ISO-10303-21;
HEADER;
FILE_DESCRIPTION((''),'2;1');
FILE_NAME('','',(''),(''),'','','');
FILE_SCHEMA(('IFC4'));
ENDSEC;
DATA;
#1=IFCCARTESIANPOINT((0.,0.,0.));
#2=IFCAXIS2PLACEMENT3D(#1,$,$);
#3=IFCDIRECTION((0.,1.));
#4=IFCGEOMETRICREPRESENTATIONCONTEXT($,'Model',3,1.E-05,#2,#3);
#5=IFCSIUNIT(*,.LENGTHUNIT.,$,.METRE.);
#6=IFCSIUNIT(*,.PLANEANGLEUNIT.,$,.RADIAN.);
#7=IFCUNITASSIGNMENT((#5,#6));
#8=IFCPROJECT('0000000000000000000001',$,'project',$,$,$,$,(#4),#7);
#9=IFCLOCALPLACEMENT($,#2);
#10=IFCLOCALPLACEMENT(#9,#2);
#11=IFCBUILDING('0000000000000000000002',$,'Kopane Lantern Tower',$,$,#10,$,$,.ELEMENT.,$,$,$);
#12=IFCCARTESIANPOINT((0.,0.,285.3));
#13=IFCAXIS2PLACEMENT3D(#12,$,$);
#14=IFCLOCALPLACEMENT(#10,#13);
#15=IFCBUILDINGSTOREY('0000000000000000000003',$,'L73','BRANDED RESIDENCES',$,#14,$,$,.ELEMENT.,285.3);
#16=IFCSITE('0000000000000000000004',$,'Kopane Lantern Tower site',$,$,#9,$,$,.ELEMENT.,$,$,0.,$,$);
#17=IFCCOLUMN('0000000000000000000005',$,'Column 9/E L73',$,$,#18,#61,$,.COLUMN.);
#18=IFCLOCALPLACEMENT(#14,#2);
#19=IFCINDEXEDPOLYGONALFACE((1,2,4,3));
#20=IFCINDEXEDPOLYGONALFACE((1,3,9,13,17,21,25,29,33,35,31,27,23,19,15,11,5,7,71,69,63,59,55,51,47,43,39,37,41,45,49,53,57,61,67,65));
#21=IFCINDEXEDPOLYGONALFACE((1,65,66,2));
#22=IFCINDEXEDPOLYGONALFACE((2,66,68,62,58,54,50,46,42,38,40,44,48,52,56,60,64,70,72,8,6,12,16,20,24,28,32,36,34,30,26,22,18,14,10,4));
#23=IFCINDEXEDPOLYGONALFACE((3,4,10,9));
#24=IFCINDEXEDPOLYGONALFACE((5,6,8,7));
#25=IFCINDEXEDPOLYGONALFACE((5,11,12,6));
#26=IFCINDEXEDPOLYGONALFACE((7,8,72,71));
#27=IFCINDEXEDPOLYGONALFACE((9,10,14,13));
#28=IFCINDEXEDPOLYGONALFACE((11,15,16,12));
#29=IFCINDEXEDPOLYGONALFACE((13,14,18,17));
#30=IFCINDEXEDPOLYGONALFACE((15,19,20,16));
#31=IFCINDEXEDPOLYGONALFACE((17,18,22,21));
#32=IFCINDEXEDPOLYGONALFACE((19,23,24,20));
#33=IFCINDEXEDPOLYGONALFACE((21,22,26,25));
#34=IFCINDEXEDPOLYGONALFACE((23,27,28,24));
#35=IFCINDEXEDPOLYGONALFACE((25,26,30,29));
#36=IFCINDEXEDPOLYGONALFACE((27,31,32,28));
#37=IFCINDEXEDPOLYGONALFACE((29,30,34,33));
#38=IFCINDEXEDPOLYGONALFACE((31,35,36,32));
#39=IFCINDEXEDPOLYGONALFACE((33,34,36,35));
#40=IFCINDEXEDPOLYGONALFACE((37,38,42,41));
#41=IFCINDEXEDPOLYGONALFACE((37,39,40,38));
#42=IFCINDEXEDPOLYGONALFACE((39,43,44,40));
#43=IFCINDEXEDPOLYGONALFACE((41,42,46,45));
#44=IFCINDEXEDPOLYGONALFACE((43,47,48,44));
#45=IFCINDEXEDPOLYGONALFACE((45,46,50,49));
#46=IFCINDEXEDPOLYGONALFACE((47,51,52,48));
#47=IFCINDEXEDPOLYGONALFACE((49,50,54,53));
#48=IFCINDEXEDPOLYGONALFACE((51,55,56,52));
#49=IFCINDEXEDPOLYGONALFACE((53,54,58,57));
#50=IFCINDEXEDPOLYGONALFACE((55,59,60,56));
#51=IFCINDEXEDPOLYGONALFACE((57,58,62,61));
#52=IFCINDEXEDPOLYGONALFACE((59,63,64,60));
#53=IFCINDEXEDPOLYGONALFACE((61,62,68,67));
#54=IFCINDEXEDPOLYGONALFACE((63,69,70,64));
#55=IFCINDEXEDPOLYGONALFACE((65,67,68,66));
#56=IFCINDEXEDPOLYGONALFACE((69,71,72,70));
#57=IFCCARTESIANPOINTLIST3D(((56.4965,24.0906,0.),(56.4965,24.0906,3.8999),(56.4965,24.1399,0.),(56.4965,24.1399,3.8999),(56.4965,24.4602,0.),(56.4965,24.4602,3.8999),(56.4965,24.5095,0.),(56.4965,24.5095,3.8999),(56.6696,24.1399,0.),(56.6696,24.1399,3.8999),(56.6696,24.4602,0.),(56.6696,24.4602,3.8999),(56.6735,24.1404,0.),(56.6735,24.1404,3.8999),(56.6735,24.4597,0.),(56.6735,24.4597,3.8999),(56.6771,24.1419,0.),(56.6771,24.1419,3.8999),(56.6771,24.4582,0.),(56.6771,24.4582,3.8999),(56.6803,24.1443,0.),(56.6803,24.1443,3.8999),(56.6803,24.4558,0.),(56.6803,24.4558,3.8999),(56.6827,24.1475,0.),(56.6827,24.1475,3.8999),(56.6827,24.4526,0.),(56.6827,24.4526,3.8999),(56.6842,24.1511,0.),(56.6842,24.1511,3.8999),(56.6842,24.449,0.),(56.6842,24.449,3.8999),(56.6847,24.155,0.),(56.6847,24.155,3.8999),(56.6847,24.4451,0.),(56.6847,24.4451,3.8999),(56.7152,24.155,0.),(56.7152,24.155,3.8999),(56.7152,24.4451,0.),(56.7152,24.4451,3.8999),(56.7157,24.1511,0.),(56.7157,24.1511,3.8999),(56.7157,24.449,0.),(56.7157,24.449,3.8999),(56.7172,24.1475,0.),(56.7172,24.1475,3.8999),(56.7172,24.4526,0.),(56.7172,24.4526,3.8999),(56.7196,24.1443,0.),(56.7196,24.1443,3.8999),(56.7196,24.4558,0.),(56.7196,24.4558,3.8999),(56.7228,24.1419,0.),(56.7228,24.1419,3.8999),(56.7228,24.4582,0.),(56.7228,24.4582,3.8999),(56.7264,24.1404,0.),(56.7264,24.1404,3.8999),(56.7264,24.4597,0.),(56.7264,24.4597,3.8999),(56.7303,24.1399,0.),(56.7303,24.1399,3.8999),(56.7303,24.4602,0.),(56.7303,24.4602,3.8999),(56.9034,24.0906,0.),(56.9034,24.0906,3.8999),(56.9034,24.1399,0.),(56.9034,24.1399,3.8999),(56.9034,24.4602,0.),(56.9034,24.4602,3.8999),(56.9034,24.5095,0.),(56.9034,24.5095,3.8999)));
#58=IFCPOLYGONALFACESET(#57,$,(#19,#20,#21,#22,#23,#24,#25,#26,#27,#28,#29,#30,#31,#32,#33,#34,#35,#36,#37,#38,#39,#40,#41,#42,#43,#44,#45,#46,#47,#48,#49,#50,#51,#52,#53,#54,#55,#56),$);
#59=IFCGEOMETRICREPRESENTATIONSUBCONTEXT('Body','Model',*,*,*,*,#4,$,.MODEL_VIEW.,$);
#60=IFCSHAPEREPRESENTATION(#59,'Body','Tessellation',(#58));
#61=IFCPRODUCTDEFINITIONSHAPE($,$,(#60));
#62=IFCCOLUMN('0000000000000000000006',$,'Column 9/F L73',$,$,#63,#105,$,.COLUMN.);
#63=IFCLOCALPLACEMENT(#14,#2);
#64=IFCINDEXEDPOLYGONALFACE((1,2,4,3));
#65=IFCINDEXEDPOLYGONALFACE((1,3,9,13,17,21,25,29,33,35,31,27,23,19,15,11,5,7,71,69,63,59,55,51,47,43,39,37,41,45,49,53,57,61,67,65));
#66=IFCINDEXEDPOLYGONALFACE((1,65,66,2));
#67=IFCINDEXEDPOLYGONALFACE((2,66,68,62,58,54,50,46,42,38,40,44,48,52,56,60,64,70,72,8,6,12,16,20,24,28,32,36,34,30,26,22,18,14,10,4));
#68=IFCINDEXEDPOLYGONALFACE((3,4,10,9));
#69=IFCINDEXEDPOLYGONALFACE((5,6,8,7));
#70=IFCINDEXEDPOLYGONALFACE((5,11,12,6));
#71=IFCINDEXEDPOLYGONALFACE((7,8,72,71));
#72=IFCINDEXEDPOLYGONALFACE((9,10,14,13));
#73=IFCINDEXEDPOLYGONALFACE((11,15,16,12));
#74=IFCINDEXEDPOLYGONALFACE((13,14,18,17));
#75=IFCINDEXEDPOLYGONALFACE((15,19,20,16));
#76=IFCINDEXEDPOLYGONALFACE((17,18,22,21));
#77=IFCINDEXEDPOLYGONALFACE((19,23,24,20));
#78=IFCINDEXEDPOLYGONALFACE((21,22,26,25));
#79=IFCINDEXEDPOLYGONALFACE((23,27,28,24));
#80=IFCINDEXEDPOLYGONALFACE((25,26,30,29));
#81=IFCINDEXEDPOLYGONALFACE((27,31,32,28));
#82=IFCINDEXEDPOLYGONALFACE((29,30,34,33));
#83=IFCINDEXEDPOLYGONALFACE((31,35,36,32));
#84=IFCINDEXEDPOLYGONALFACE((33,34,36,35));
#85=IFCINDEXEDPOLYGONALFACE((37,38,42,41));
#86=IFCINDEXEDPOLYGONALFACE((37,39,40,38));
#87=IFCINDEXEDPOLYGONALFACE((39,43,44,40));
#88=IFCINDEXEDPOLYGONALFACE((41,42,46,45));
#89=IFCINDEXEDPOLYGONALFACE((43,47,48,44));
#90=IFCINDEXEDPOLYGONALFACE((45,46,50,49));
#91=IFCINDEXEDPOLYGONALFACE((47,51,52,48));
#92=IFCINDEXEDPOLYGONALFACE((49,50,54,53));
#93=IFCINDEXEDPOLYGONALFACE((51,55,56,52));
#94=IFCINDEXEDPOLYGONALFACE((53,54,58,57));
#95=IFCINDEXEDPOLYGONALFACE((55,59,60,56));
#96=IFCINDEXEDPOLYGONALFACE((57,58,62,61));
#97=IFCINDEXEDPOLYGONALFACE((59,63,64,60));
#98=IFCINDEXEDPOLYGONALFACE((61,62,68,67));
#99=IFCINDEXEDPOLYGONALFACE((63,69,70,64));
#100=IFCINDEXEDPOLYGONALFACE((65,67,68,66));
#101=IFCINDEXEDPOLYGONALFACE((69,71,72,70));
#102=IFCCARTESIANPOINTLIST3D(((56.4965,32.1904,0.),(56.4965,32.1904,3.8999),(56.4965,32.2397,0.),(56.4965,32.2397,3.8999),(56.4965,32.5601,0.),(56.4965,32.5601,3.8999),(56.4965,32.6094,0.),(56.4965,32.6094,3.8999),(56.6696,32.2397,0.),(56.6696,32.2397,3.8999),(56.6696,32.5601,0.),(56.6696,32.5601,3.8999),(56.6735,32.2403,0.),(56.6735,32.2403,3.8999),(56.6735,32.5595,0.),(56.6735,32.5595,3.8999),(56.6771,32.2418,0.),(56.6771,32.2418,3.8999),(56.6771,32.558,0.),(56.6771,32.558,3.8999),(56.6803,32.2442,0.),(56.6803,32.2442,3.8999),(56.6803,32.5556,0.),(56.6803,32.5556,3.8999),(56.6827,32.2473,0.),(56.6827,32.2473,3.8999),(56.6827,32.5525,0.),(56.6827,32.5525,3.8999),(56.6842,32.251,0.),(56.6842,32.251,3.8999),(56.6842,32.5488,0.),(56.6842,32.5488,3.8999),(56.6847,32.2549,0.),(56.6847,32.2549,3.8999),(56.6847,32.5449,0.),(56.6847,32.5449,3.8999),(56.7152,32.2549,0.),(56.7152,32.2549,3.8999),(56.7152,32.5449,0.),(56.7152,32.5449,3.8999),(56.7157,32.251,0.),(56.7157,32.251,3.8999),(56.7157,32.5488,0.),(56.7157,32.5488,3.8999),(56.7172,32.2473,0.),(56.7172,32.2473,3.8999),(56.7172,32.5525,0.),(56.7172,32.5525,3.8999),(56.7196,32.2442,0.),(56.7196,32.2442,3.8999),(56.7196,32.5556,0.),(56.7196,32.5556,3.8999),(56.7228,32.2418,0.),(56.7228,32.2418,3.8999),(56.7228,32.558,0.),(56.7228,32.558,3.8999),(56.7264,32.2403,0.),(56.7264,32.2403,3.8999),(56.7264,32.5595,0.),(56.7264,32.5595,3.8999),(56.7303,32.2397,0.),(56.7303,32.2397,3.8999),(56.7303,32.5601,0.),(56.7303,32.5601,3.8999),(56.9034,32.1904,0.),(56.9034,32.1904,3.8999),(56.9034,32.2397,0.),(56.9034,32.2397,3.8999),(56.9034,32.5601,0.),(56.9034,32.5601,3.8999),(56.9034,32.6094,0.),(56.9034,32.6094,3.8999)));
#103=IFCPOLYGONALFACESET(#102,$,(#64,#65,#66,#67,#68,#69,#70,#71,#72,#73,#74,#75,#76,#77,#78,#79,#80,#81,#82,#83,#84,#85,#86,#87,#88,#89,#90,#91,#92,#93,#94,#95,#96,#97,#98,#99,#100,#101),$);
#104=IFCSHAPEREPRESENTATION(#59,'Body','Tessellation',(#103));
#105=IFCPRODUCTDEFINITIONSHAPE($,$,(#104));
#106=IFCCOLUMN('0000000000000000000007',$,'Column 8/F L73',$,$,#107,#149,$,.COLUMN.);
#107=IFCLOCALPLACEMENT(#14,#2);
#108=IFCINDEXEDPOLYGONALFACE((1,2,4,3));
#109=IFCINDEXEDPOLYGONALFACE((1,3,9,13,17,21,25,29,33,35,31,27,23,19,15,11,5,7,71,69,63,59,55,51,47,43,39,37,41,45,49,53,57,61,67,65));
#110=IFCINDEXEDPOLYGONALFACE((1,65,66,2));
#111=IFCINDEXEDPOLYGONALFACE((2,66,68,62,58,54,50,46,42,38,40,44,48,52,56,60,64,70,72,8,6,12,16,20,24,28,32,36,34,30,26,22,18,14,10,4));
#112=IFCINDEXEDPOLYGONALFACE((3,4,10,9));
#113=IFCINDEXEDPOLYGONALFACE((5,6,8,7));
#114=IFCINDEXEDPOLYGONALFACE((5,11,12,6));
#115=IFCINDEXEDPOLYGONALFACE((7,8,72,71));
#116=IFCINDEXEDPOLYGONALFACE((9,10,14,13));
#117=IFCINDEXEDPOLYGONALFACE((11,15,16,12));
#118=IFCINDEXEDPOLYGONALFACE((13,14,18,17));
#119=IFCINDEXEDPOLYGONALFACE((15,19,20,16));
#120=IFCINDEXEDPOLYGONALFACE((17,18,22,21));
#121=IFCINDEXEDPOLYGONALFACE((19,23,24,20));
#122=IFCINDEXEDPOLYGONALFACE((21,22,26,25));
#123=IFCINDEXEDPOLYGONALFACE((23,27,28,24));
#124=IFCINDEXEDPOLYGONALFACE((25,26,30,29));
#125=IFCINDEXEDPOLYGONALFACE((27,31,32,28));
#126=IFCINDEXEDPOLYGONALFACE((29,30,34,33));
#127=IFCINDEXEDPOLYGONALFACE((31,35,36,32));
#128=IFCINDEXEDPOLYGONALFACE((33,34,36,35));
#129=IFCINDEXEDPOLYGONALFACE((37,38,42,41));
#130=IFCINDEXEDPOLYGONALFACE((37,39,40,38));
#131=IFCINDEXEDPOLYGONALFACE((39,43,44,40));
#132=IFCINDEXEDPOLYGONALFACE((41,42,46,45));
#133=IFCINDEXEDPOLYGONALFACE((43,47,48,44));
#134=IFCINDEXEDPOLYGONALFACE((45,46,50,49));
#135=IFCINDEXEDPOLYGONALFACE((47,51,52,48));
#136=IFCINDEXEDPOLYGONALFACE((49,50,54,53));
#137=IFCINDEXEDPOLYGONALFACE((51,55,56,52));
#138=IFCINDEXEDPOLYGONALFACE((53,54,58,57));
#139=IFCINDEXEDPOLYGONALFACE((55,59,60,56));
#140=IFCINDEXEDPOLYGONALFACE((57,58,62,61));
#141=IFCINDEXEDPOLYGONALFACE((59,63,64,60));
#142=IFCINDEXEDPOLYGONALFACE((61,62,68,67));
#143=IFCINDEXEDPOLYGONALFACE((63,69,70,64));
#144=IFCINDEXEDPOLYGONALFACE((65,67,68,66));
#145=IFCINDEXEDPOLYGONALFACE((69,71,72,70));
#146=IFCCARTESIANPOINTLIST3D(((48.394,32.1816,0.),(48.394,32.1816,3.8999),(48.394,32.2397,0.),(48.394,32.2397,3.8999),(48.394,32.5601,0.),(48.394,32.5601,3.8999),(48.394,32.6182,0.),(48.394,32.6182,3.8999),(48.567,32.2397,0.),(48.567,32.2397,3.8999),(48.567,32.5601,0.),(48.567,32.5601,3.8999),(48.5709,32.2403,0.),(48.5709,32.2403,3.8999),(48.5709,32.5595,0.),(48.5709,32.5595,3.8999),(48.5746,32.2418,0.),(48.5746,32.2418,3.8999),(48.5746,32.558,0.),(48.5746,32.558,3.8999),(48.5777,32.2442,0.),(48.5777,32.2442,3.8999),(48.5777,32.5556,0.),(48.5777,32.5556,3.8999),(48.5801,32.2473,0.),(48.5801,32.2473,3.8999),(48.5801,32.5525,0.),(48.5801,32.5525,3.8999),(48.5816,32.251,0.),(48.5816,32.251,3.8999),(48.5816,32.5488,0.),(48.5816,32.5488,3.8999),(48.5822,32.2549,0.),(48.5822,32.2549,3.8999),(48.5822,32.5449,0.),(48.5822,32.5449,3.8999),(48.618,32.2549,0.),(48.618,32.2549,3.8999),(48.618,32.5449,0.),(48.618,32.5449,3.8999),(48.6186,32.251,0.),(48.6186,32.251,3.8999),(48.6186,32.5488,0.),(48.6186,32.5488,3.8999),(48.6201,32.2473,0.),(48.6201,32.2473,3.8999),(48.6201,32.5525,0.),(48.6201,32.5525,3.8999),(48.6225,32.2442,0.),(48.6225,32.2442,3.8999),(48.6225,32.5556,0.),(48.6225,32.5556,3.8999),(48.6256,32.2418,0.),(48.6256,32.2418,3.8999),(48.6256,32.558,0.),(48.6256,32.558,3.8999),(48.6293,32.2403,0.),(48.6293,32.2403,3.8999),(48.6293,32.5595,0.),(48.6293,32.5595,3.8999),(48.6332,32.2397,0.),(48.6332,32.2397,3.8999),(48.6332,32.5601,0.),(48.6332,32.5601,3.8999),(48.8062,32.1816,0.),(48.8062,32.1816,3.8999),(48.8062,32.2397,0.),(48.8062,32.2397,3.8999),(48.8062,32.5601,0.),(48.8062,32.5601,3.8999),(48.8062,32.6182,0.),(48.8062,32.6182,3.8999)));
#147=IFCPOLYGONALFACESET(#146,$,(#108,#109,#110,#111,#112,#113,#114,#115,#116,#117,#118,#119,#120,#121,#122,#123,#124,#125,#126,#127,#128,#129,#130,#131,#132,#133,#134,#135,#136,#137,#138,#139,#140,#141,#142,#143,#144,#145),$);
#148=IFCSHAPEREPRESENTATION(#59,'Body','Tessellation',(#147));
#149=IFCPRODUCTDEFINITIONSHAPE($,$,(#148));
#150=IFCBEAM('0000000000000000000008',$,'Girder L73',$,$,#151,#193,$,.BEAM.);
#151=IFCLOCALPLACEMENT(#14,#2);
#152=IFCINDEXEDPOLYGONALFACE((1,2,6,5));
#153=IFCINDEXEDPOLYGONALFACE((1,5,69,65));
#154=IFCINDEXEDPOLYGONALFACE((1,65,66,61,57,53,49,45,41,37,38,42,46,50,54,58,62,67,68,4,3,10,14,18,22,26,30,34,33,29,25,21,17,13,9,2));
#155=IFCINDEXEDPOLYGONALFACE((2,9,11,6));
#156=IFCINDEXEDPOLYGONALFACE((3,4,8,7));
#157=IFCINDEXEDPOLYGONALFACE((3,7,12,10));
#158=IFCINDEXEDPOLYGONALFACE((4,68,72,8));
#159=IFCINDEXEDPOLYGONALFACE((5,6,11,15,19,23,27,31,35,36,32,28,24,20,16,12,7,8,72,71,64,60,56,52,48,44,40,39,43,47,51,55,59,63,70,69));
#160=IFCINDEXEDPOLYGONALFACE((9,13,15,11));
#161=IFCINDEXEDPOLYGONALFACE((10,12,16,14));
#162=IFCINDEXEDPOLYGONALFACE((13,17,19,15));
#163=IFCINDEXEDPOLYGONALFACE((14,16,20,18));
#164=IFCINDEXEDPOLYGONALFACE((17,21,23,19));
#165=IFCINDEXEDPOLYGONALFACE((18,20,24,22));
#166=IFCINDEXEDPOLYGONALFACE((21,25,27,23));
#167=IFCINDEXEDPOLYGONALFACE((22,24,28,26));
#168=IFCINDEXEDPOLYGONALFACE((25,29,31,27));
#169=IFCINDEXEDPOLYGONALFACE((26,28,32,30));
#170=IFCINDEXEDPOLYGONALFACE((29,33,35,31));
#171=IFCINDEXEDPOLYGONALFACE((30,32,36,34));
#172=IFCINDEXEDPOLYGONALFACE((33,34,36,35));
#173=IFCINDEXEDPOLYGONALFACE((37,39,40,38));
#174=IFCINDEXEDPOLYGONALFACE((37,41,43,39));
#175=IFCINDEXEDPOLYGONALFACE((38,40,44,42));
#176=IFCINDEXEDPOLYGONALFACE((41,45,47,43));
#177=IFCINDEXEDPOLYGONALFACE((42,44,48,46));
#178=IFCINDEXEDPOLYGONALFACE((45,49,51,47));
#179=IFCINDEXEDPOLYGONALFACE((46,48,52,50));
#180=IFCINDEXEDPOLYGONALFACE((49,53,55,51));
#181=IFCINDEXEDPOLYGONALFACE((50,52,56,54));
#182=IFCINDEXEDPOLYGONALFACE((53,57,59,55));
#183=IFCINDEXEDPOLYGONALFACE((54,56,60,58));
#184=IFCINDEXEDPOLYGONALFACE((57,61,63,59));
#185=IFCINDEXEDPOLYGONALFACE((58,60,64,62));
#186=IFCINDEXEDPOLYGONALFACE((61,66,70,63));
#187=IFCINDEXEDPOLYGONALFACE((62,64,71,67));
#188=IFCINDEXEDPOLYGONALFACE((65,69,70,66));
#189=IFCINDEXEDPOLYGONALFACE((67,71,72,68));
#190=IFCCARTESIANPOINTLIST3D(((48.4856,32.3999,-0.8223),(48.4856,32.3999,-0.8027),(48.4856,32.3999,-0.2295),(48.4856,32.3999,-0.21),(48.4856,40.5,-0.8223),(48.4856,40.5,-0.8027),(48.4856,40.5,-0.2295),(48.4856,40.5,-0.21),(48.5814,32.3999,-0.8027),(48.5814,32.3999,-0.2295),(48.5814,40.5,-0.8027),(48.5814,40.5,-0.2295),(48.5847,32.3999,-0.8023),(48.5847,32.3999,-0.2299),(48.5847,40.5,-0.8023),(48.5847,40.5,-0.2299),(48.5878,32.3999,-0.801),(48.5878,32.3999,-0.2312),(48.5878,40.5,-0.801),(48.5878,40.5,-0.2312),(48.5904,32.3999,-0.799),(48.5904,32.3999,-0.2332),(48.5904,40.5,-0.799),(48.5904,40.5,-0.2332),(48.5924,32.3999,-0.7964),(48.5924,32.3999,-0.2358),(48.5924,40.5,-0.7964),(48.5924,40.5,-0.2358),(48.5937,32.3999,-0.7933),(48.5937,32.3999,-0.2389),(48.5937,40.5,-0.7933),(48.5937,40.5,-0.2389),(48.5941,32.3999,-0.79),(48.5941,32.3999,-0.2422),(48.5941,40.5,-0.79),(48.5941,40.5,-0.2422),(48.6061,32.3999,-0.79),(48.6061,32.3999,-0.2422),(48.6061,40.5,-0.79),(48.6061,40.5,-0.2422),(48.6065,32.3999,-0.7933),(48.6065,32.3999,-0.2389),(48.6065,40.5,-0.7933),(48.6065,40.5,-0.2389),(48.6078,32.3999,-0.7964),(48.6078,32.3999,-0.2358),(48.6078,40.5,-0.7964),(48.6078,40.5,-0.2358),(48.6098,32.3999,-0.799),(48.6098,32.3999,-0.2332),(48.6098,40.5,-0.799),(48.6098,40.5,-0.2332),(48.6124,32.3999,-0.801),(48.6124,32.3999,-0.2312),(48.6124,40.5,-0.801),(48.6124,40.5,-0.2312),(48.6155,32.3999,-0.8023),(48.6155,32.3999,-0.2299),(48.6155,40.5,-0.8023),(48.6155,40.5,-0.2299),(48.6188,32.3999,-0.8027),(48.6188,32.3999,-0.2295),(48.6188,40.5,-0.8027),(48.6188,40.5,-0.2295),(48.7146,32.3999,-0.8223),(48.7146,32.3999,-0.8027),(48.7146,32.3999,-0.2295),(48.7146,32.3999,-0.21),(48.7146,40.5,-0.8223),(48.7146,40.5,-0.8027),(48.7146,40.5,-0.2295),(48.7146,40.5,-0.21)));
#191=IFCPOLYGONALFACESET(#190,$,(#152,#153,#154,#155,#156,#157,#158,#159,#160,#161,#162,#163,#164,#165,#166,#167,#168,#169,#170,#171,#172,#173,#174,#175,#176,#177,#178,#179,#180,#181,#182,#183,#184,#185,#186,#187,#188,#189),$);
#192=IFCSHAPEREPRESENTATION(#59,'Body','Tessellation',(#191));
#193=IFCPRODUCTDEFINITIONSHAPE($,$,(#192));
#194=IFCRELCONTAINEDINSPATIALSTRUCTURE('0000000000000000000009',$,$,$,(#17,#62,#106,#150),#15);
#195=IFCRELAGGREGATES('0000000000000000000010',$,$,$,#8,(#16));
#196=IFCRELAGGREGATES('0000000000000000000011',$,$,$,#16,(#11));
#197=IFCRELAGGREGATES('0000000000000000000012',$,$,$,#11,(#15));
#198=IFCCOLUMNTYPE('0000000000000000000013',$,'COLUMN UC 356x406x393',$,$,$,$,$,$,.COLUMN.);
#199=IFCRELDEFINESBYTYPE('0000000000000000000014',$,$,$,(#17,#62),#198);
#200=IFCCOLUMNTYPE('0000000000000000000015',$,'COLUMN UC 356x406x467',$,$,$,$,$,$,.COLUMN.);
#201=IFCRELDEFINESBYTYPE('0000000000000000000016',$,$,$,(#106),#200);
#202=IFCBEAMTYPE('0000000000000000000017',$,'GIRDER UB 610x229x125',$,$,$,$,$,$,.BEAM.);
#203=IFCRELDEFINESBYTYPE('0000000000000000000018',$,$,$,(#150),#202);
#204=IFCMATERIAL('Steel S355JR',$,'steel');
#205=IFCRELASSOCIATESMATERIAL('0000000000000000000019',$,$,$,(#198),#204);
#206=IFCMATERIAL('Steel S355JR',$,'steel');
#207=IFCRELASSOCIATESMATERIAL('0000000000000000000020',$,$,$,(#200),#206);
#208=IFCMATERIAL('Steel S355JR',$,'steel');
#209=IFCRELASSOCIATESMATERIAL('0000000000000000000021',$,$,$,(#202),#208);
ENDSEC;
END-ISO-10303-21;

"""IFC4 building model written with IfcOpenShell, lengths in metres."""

from ifc_helpers import new_model, si_unit, direction, frame, origin, origin_2d, place, context, subcontext, project, spatial, i_section, extrude, material, material_profile, profile_set, type_object, element, save


model = new_model("IFC4")

# Units and contexts
model_context = context("Model", 3, precision=1e-05, world=origin(), true_north=direction((0.0, 1.0)))
body_context = subcontext(model_context, "Body", "Model", "MODEL_VIEW")
ifc_project = project(units=[si_unit("LENGTHUNIT", "METRE"), si_unit("PLANEANGLEUNIT", "RADIAN")], contexts=[model_context])

# Site, building, storey
site_placement = place(None, origin())
site = spatial("IfcSite", under=ifc_project, at=site_placement, Name="Kopane Lantern Tower site", CompositionType="ELEMENT", RefElevation=0.0)
building_placement = place(site_placement, origin())
building = spatial("IfcBuilding", under=site, at=building_placement, Name="Kopane Lantern Tower", CompositionType="ELEMENT")
storey_placement = place(building_placement, frame((0.0, 0.0, 285.3)))
storey = spatial("IfcBuildingStorey", under=building, at=storey_placement, Name="L73", Description="BRANDED RESIDENCES", CompositionType="ELEMENT", Elevation=285.3)

# Columns
ifc_material_1 = material(Name="Steel S355JR", Category="steel")
ifc_material_profile_1 = material_profile(ifc_material_1, i_section(OverallWidth=0.407, OverallDepth=0.4189, WebThickness=0.0305, FlangeThickness=0.0493, FilletRadius=0.0151, at=origin_2d()), Name="UC 356x406x393")
ifc_profile_set_1 = profile_set([ifc_material_profile_1], Name="Steel S355JR")
column_type_1 = type_object("IfcColumnType", Name="COLUMN UC 356x406x393", PredefinedType="COLUMN", material=ifc_profile_set_1)
for number, where, z_axis, x_axis, name in (
    (1, (56.7, 24.3, 0.0), (0.0, 0.0, 1.0), (1.0, 0.0, 0.0), "Column 9/E L73"),
    (2, (56.7, 32.3999, 0.0), (0.0, 0.0, 1.0), (1.0, 0.0, 0.0), "Column 9/F L73"),
):
    element("IfcColumn", number, at=place(storey_placement, frame(where, z_axis=z_axis, x_axis=x_axis)), inside=storey, type_object=column_type_1, Name=name, PredefinedType="COLUMN", context=body_context, shape_type="SweptSolid", body=[
        extrude(i_section(OverallWidth=0.407, OverallDepth=0.4189, WebThickness=0.0305, FlangeThickness=0.0493, FilletRadius=0.0151, at=origin_2d()), origin(), (0.0, 0.0, 1.0), 3.8999),
    ])
ifc_material_2 = material(Name="Steel S355JR", Category="steel")
ifc_material_profile_2 = material_profile(ifc_material_2, i_section(OverallWidth=0.4121, OverallDepth=0.4365, WebThickness=0.0359, FlangeThickness=0.0581, FilletRadius=0.0151, at=origin_2d()), Name="UC 356x406x467")
ifc_profile_set_2 = profile_set([ifc_material_profile_2], Name="Steel S355JR")
column_type_2 = type_object("IfcColumnType", Name="COLUMN UC 356x406x467", PredefinedType="COLUMN", material=ifc_profile_set_2)
column_placement = place(storey_placement, frame((48.6001, 32.3999, 0.0), z_axis=(0.0, 0.0, 1.0), x_axis=(1.0, 0.0, 0.0)))
element("IfcColumn", 3, at=column_placement, inside=storey, type_object=column_type_2, Name="Column 8/F L73", PredefinedType="COLUMN", context=body_context, shape_type="SweptSolid", body=[
    extrude(i_section(OverallWidth=0.4121, OverallDepth=0.4365, WebThickness=0.0359, FlangeThickness=0.0581, FilletRadius=0.0151, at=origin_2d()), origin(), (0.0, 0.0, 1.0), 3.8999),
])

# Beam
ifc_material_3 = material(Name="Steel S355JR", Category="steel")
ifc_material_profile_3 = material_profile(ifc_material_3, i_section(OverallWidth=0.229, OverallDepth=0.6123, WebThickness=0.012, FlangeThickness=0.0195, FilletRadius=0.0127, at=origin_2d()), Name="UB 610x229x125")
ifc_profile_set_3 = profile_set([ifc_material_profile_3], Name="Steel S355JR")
beam_type = type_object("IfcBeamType", Name="GIRDER UB 610x229x125", PredefinedType="BEAM", material=ifc_profile_set_3)
beam_1_placement = place(storey_placement, frame((48.6001, 32.3999, -0.5161), z_axis=(0.0, 1.0, 0.0), x_axis=(-1.0, 0.0, 0.0)))
element("IfcBeam", 4, at=beam_1_placement, inside=storey, type_object=beam_type, Name="Girder L73", PredefinedType="BEAM", context=body_context, shape_type="SweptSolid", body=[
    extrude(i_section(OverallWidth=0.229, OverallDepth=0.6123, WebThickness=0.012, FlangeThickness=0.0195, FilletRadius=0.0127, at=origin_2d()), origin(), (0.0, 0.0, 1.0), 8.1001),
])

save(model, "model.ifc")
